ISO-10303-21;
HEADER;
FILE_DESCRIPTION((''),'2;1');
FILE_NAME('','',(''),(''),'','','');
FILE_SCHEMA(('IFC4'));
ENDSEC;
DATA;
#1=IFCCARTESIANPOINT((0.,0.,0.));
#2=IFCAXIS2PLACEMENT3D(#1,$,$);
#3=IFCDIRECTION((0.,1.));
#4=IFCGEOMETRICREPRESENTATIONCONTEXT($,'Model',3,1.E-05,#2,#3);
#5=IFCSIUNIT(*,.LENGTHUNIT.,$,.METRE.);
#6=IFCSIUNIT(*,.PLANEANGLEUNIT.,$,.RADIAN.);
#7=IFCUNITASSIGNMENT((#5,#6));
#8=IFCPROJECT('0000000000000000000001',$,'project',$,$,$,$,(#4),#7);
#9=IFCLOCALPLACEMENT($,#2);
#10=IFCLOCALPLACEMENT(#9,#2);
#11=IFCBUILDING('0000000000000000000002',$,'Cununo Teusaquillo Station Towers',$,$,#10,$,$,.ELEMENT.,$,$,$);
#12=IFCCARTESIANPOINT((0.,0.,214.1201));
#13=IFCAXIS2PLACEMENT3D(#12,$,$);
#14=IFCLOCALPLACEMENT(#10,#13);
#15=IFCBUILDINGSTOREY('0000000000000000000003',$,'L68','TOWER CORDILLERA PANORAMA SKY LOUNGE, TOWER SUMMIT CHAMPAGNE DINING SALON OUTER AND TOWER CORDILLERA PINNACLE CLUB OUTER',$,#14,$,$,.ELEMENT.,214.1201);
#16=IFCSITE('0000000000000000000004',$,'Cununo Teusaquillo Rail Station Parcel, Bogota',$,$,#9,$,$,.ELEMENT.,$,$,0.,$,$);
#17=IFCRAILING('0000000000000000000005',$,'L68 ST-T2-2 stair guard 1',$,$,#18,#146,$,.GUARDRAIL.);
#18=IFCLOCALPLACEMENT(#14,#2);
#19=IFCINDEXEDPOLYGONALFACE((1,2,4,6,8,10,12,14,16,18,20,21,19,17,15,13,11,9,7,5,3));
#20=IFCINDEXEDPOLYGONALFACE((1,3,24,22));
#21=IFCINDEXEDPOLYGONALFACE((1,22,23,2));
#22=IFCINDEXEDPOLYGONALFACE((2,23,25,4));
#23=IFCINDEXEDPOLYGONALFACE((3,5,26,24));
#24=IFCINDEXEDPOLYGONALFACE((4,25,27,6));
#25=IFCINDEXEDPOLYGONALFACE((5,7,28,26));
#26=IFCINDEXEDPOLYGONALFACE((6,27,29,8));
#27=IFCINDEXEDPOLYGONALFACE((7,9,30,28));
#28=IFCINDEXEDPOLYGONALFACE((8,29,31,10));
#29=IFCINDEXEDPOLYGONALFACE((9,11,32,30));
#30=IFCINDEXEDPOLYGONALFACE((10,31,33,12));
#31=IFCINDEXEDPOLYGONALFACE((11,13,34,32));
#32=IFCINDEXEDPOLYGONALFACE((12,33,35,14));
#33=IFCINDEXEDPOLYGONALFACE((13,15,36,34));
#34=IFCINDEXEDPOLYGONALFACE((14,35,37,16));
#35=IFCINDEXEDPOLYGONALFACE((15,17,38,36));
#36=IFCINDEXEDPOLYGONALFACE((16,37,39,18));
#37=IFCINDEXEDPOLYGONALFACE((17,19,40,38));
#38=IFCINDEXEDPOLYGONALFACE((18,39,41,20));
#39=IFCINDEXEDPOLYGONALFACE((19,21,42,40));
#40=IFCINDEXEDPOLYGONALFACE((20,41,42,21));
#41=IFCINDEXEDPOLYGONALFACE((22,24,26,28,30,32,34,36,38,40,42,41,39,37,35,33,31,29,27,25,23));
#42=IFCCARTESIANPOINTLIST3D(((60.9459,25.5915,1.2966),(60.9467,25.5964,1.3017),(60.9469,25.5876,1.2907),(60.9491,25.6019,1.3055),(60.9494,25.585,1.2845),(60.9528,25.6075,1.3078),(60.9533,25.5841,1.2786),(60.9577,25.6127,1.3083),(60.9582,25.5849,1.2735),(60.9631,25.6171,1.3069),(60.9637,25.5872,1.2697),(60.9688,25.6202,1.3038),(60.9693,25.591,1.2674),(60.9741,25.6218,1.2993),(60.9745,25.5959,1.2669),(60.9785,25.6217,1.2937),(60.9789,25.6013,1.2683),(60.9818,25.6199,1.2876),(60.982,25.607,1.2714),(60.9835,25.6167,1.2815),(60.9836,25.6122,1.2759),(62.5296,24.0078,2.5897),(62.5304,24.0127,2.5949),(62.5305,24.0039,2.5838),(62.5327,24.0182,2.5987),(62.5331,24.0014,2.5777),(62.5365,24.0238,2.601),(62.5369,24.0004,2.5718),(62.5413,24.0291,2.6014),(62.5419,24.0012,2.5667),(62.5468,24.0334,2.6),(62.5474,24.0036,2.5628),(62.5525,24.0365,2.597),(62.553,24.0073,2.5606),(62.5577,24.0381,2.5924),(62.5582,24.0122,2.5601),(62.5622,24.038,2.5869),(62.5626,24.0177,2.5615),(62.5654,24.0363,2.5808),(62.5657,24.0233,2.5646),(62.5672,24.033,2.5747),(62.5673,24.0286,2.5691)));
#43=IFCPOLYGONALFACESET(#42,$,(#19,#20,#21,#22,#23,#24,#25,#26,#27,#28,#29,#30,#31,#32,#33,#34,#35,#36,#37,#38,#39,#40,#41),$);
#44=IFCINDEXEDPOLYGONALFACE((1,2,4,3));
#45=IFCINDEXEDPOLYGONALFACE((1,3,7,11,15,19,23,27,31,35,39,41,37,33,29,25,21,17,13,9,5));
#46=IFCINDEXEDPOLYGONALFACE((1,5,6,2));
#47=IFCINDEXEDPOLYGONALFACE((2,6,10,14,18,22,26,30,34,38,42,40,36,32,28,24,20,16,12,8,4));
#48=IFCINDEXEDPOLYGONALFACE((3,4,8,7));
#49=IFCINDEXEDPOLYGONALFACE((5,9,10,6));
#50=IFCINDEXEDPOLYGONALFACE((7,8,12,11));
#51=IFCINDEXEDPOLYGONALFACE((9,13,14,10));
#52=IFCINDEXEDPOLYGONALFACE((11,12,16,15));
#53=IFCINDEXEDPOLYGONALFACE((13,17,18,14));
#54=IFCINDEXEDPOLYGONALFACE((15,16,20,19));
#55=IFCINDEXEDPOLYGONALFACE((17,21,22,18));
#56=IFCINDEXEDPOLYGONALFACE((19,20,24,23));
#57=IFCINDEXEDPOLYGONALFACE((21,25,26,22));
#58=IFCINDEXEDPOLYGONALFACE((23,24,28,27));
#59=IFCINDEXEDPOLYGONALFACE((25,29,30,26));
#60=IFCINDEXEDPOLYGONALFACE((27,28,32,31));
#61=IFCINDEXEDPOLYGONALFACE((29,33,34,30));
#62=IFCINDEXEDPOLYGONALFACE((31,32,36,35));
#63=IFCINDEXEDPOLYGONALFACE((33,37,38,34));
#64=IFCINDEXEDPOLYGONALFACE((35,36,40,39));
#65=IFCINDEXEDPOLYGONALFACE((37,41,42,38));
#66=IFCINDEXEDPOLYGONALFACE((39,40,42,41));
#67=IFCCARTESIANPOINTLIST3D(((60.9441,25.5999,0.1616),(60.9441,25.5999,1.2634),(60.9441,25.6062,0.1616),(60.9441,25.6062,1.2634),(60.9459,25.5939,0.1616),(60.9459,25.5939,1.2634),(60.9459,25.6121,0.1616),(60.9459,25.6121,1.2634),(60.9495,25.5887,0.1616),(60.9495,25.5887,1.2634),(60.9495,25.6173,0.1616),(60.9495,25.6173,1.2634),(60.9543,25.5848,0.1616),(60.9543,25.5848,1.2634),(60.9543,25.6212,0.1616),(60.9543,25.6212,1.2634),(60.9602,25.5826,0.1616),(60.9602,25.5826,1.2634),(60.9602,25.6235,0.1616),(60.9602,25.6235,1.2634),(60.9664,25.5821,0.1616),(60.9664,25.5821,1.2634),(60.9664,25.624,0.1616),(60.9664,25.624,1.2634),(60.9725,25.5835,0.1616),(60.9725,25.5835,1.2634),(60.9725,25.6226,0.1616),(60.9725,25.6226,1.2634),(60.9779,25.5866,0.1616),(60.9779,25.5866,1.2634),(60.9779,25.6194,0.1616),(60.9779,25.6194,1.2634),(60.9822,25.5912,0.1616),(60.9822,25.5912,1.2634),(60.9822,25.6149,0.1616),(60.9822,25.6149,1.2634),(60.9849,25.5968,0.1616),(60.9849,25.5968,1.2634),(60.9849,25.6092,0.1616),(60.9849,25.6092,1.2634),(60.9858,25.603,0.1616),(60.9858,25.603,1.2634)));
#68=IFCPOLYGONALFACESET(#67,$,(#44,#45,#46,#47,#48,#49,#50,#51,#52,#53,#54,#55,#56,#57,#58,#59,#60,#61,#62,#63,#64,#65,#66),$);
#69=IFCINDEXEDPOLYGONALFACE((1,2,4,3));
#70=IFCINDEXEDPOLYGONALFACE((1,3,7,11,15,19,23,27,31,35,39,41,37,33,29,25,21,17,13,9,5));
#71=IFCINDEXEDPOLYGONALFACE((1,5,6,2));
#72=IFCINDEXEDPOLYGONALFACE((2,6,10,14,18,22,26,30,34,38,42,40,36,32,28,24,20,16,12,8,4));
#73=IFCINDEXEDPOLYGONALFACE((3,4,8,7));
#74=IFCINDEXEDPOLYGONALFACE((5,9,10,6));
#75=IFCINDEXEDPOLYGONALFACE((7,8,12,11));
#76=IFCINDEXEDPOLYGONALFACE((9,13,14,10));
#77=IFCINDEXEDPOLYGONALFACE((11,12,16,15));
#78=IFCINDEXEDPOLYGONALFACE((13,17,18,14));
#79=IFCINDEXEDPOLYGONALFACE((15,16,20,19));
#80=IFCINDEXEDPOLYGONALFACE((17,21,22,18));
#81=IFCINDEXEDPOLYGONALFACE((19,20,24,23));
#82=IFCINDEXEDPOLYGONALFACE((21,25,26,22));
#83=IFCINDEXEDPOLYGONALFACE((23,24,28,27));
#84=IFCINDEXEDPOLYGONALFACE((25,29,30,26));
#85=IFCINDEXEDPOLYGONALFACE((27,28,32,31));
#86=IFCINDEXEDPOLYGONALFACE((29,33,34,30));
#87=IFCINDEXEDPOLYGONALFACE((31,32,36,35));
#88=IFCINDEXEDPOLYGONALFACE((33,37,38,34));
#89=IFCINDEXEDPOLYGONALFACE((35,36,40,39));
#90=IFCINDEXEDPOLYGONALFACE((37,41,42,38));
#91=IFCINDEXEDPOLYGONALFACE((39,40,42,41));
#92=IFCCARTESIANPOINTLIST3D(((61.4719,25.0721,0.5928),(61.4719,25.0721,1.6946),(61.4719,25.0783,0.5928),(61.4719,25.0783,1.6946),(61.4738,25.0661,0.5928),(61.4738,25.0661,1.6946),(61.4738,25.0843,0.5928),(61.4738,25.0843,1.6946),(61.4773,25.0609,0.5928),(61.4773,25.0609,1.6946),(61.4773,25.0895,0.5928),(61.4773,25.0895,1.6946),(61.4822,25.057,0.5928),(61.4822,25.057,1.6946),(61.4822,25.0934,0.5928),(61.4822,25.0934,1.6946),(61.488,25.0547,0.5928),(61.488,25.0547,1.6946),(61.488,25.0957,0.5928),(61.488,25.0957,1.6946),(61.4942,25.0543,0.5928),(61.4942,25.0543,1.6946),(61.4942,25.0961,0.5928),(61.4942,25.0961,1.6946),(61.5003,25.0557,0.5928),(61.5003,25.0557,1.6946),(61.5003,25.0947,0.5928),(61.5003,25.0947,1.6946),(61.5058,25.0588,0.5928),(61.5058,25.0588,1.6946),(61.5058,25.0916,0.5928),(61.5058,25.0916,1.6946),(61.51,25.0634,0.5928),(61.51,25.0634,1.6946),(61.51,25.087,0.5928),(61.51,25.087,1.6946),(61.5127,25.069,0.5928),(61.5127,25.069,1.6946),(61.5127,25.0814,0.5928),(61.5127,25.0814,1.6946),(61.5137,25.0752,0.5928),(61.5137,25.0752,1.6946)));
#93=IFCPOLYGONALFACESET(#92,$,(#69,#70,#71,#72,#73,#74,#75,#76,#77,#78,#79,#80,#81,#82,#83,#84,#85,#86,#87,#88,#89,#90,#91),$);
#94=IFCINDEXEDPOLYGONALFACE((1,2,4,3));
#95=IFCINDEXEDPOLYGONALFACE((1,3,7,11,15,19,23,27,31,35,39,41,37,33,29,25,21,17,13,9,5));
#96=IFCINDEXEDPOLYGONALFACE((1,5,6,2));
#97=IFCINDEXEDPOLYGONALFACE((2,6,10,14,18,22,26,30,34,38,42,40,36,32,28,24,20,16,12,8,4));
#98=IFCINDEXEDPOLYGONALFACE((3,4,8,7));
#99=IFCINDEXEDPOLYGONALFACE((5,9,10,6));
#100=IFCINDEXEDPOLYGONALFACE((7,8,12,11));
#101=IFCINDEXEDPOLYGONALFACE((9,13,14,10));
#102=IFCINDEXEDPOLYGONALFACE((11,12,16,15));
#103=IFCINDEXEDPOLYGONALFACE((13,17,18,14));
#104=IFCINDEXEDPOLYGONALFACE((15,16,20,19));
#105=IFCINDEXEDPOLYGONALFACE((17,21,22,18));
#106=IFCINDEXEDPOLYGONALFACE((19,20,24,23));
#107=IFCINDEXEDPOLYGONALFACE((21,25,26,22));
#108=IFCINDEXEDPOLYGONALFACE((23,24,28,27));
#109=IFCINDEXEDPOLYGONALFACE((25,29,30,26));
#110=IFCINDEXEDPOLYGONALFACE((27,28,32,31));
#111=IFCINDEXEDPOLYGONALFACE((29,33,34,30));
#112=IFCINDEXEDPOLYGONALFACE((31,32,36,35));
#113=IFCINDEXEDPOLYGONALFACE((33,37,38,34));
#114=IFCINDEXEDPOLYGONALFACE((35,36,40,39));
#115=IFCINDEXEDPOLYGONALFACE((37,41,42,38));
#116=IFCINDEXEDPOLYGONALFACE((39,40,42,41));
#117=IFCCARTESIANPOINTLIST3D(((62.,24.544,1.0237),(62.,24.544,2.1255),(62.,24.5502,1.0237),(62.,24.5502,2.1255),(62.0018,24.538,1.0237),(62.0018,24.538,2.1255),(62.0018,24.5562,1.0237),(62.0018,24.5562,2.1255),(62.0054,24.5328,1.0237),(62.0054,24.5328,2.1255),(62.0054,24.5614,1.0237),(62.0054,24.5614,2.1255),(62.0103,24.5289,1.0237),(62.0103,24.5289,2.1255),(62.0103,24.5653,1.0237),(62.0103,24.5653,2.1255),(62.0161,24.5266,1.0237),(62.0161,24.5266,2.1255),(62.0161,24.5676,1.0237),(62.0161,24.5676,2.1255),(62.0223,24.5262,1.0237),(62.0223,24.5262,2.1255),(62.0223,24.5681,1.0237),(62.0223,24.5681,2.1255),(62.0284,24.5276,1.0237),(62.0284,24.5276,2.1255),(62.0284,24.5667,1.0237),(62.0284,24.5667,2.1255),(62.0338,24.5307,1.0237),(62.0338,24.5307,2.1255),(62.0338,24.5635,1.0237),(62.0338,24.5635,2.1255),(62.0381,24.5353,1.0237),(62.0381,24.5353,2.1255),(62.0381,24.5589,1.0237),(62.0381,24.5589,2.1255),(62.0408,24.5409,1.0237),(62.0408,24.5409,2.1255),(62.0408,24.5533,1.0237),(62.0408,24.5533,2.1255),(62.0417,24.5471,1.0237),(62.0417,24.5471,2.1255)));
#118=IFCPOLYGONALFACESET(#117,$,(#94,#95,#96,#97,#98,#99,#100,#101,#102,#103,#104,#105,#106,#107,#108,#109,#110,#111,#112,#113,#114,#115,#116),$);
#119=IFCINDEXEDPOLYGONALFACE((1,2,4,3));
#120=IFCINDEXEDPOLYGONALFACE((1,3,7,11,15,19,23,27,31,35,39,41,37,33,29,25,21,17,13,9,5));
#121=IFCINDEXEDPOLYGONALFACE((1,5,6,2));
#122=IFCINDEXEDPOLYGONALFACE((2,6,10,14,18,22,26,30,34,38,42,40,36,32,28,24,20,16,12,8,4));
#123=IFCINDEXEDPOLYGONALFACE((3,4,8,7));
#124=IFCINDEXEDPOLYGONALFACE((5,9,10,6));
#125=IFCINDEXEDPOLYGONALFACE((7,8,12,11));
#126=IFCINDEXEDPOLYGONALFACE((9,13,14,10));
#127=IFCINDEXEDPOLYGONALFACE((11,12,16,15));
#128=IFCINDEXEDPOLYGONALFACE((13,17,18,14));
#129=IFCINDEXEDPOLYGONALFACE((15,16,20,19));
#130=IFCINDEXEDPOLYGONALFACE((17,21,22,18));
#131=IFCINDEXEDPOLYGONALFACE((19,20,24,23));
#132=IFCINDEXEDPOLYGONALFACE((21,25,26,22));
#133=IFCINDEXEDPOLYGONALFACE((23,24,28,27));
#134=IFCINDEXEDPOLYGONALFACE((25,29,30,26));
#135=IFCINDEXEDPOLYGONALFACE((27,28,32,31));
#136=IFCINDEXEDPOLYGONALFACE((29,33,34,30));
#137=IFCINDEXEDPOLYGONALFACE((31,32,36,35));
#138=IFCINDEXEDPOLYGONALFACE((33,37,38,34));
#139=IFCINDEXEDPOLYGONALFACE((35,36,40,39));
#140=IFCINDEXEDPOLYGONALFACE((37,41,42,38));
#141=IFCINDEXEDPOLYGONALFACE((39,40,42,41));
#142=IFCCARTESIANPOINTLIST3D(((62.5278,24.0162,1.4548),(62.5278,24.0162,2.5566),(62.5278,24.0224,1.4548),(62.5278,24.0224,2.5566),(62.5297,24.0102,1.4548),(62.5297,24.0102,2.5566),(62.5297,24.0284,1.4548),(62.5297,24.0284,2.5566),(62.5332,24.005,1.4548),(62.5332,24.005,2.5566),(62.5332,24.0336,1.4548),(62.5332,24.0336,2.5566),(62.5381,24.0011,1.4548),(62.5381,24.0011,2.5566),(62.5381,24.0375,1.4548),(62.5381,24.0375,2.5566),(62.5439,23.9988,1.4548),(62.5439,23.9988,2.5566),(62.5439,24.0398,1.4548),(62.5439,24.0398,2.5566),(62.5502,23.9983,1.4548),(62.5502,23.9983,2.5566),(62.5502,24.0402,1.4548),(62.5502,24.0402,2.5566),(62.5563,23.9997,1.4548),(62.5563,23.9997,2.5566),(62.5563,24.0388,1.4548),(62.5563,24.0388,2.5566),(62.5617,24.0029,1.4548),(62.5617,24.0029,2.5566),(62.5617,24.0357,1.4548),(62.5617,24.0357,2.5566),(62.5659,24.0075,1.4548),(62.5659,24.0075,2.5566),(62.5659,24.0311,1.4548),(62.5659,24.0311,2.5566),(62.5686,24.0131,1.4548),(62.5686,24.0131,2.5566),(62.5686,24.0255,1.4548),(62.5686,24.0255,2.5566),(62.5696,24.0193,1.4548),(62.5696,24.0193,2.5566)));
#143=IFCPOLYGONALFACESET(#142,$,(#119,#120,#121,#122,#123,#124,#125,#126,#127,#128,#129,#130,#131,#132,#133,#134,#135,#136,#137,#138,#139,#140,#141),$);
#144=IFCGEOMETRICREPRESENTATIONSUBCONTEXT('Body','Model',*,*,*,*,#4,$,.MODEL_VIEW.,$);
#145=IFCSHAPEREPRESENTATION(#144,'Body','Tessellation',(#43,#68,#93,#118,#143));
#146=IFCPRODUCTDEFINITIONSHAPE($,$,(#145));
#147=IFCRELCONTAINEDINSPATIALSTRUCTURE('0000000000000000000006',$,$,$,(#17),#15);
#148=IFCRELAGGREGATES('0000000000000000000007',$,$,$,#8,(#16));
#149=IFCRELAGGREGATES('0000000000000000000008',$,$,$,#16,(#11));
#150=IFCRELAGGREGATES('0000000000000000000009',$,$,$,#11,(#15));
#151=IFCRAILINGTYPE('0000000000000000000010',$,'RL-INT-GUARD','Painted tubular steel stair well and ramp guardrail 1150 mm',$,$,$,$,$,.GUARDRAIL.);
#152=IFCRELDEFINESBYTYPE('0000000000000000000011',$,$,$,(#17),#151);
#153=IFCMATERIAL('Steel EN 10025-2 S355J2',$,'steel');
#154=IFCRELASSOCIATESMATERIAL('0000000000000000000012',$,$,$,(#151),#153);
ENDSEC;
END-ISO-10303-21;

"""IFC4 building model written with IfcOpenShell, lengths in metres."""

from ifc_helpers import new_model, si_unit, direction, frame, origin, origin_2d, place, context, subcontext, project, spatial, circle, extrude, material, type_object, element, save


model = new_model("IFC4")

# Units and contexts
model_context = context("Model", 3, precision=1e-05, world=origin(), true_north=direction((0.0, 1.0)))
body_context = subcontext(model_context, "Body", "Model", "MODEL_VIEW")
ifc_project = project(units=[si_unit("LENGTHUNIT", "METRE"), si_unit("PLANEANGLEUNIT", "RADIAN")], contexts=[model_context])

# Site, building, storey
site_placement = place(None, origin())
site = spatial("IfcSite", under=ifc_project, at=site_placement, Name="Cununo Teusaquillo Rail Station Parcel, Bogota", CompositionType="ELEMENT", RefElevation=0.0)
building_placement = place(site_placement, origin())
building = spatial("IfcBuilding", under=site, at=building_placement, Name="Cununo Teusaquillo Station Towers", CompositionType="ELEMENT")
storey_placement = place(building_placement, frame((0.0, 0.0, 214.1201)))
storey = spatial("IfcBuildingStorey", under=building, at=storey_placement, Name="L68", Description="TOWER CORDILLERA PANORAMA SKY LOUNGE, TOWER SUMMIT CHAMPAGNE DINING SALON OUTER AND TOWER CORDILLERA PINNACLE CLUB OUTER", CompositionType="ELEMENT", Elevation=214.1201)

# Railing
ifc_material_1 = material(Name="Steel EN 10025-2 S355J2", Category="steel")
railing_type_1 = type_object("IfcRailingType", Name="RL-INT-GUARD", Description="Painted tubular steel stair well and ramp guardrail 1150 mm", PredefinedType="GUARDRAIL", material=ifc_material_1)
railing_1_placement = place(storey_placement, frame((60.9648, 25.603, 0.1616)))
element("IfcRailing", 1, at=railing_1_placement, inside=storey, type_object=railing_type_1, Name="L68 ST-T2-2 stair guard 1", PredefinedType="GUARDRAIL", context=body_context, shape_type="SweptSolid", body=[
    extrude(circle(Radius=0.0239, at=origin_2d()), frame((0.0, 0.0, 1.126), z_axis=(0.612361, -0.612361, 0.500027), x_axis=(0.707107, 0.707107, 0.0)), (0.0, 0.0, 1.0), 2.5862),
    extrude(circle(Radius=0.021, at=origin_2d()), origin(), (0.0, 0.0, 1.0), 1.1018),
    extrude(circle(Radius=0.021, at=origin_2d()), frame((0.5278, -0.5278, 0.4312)), (0.0, 0.0, 1.0), 1.1018),
    extrude(circle(Radius=0.021, at=origin_2d()), frame((1.0559, -1.0559, 0.8621)), (0.0, 0.0, 1.0), 1.1018),
    extrude(circle(Radius=0.021, at=origin_2d()), frame((1.5837, -1.5837, 1.2932)), (0.0, 0.0, 1.0), 1.1018),
])

save(model, "model.ifc")
